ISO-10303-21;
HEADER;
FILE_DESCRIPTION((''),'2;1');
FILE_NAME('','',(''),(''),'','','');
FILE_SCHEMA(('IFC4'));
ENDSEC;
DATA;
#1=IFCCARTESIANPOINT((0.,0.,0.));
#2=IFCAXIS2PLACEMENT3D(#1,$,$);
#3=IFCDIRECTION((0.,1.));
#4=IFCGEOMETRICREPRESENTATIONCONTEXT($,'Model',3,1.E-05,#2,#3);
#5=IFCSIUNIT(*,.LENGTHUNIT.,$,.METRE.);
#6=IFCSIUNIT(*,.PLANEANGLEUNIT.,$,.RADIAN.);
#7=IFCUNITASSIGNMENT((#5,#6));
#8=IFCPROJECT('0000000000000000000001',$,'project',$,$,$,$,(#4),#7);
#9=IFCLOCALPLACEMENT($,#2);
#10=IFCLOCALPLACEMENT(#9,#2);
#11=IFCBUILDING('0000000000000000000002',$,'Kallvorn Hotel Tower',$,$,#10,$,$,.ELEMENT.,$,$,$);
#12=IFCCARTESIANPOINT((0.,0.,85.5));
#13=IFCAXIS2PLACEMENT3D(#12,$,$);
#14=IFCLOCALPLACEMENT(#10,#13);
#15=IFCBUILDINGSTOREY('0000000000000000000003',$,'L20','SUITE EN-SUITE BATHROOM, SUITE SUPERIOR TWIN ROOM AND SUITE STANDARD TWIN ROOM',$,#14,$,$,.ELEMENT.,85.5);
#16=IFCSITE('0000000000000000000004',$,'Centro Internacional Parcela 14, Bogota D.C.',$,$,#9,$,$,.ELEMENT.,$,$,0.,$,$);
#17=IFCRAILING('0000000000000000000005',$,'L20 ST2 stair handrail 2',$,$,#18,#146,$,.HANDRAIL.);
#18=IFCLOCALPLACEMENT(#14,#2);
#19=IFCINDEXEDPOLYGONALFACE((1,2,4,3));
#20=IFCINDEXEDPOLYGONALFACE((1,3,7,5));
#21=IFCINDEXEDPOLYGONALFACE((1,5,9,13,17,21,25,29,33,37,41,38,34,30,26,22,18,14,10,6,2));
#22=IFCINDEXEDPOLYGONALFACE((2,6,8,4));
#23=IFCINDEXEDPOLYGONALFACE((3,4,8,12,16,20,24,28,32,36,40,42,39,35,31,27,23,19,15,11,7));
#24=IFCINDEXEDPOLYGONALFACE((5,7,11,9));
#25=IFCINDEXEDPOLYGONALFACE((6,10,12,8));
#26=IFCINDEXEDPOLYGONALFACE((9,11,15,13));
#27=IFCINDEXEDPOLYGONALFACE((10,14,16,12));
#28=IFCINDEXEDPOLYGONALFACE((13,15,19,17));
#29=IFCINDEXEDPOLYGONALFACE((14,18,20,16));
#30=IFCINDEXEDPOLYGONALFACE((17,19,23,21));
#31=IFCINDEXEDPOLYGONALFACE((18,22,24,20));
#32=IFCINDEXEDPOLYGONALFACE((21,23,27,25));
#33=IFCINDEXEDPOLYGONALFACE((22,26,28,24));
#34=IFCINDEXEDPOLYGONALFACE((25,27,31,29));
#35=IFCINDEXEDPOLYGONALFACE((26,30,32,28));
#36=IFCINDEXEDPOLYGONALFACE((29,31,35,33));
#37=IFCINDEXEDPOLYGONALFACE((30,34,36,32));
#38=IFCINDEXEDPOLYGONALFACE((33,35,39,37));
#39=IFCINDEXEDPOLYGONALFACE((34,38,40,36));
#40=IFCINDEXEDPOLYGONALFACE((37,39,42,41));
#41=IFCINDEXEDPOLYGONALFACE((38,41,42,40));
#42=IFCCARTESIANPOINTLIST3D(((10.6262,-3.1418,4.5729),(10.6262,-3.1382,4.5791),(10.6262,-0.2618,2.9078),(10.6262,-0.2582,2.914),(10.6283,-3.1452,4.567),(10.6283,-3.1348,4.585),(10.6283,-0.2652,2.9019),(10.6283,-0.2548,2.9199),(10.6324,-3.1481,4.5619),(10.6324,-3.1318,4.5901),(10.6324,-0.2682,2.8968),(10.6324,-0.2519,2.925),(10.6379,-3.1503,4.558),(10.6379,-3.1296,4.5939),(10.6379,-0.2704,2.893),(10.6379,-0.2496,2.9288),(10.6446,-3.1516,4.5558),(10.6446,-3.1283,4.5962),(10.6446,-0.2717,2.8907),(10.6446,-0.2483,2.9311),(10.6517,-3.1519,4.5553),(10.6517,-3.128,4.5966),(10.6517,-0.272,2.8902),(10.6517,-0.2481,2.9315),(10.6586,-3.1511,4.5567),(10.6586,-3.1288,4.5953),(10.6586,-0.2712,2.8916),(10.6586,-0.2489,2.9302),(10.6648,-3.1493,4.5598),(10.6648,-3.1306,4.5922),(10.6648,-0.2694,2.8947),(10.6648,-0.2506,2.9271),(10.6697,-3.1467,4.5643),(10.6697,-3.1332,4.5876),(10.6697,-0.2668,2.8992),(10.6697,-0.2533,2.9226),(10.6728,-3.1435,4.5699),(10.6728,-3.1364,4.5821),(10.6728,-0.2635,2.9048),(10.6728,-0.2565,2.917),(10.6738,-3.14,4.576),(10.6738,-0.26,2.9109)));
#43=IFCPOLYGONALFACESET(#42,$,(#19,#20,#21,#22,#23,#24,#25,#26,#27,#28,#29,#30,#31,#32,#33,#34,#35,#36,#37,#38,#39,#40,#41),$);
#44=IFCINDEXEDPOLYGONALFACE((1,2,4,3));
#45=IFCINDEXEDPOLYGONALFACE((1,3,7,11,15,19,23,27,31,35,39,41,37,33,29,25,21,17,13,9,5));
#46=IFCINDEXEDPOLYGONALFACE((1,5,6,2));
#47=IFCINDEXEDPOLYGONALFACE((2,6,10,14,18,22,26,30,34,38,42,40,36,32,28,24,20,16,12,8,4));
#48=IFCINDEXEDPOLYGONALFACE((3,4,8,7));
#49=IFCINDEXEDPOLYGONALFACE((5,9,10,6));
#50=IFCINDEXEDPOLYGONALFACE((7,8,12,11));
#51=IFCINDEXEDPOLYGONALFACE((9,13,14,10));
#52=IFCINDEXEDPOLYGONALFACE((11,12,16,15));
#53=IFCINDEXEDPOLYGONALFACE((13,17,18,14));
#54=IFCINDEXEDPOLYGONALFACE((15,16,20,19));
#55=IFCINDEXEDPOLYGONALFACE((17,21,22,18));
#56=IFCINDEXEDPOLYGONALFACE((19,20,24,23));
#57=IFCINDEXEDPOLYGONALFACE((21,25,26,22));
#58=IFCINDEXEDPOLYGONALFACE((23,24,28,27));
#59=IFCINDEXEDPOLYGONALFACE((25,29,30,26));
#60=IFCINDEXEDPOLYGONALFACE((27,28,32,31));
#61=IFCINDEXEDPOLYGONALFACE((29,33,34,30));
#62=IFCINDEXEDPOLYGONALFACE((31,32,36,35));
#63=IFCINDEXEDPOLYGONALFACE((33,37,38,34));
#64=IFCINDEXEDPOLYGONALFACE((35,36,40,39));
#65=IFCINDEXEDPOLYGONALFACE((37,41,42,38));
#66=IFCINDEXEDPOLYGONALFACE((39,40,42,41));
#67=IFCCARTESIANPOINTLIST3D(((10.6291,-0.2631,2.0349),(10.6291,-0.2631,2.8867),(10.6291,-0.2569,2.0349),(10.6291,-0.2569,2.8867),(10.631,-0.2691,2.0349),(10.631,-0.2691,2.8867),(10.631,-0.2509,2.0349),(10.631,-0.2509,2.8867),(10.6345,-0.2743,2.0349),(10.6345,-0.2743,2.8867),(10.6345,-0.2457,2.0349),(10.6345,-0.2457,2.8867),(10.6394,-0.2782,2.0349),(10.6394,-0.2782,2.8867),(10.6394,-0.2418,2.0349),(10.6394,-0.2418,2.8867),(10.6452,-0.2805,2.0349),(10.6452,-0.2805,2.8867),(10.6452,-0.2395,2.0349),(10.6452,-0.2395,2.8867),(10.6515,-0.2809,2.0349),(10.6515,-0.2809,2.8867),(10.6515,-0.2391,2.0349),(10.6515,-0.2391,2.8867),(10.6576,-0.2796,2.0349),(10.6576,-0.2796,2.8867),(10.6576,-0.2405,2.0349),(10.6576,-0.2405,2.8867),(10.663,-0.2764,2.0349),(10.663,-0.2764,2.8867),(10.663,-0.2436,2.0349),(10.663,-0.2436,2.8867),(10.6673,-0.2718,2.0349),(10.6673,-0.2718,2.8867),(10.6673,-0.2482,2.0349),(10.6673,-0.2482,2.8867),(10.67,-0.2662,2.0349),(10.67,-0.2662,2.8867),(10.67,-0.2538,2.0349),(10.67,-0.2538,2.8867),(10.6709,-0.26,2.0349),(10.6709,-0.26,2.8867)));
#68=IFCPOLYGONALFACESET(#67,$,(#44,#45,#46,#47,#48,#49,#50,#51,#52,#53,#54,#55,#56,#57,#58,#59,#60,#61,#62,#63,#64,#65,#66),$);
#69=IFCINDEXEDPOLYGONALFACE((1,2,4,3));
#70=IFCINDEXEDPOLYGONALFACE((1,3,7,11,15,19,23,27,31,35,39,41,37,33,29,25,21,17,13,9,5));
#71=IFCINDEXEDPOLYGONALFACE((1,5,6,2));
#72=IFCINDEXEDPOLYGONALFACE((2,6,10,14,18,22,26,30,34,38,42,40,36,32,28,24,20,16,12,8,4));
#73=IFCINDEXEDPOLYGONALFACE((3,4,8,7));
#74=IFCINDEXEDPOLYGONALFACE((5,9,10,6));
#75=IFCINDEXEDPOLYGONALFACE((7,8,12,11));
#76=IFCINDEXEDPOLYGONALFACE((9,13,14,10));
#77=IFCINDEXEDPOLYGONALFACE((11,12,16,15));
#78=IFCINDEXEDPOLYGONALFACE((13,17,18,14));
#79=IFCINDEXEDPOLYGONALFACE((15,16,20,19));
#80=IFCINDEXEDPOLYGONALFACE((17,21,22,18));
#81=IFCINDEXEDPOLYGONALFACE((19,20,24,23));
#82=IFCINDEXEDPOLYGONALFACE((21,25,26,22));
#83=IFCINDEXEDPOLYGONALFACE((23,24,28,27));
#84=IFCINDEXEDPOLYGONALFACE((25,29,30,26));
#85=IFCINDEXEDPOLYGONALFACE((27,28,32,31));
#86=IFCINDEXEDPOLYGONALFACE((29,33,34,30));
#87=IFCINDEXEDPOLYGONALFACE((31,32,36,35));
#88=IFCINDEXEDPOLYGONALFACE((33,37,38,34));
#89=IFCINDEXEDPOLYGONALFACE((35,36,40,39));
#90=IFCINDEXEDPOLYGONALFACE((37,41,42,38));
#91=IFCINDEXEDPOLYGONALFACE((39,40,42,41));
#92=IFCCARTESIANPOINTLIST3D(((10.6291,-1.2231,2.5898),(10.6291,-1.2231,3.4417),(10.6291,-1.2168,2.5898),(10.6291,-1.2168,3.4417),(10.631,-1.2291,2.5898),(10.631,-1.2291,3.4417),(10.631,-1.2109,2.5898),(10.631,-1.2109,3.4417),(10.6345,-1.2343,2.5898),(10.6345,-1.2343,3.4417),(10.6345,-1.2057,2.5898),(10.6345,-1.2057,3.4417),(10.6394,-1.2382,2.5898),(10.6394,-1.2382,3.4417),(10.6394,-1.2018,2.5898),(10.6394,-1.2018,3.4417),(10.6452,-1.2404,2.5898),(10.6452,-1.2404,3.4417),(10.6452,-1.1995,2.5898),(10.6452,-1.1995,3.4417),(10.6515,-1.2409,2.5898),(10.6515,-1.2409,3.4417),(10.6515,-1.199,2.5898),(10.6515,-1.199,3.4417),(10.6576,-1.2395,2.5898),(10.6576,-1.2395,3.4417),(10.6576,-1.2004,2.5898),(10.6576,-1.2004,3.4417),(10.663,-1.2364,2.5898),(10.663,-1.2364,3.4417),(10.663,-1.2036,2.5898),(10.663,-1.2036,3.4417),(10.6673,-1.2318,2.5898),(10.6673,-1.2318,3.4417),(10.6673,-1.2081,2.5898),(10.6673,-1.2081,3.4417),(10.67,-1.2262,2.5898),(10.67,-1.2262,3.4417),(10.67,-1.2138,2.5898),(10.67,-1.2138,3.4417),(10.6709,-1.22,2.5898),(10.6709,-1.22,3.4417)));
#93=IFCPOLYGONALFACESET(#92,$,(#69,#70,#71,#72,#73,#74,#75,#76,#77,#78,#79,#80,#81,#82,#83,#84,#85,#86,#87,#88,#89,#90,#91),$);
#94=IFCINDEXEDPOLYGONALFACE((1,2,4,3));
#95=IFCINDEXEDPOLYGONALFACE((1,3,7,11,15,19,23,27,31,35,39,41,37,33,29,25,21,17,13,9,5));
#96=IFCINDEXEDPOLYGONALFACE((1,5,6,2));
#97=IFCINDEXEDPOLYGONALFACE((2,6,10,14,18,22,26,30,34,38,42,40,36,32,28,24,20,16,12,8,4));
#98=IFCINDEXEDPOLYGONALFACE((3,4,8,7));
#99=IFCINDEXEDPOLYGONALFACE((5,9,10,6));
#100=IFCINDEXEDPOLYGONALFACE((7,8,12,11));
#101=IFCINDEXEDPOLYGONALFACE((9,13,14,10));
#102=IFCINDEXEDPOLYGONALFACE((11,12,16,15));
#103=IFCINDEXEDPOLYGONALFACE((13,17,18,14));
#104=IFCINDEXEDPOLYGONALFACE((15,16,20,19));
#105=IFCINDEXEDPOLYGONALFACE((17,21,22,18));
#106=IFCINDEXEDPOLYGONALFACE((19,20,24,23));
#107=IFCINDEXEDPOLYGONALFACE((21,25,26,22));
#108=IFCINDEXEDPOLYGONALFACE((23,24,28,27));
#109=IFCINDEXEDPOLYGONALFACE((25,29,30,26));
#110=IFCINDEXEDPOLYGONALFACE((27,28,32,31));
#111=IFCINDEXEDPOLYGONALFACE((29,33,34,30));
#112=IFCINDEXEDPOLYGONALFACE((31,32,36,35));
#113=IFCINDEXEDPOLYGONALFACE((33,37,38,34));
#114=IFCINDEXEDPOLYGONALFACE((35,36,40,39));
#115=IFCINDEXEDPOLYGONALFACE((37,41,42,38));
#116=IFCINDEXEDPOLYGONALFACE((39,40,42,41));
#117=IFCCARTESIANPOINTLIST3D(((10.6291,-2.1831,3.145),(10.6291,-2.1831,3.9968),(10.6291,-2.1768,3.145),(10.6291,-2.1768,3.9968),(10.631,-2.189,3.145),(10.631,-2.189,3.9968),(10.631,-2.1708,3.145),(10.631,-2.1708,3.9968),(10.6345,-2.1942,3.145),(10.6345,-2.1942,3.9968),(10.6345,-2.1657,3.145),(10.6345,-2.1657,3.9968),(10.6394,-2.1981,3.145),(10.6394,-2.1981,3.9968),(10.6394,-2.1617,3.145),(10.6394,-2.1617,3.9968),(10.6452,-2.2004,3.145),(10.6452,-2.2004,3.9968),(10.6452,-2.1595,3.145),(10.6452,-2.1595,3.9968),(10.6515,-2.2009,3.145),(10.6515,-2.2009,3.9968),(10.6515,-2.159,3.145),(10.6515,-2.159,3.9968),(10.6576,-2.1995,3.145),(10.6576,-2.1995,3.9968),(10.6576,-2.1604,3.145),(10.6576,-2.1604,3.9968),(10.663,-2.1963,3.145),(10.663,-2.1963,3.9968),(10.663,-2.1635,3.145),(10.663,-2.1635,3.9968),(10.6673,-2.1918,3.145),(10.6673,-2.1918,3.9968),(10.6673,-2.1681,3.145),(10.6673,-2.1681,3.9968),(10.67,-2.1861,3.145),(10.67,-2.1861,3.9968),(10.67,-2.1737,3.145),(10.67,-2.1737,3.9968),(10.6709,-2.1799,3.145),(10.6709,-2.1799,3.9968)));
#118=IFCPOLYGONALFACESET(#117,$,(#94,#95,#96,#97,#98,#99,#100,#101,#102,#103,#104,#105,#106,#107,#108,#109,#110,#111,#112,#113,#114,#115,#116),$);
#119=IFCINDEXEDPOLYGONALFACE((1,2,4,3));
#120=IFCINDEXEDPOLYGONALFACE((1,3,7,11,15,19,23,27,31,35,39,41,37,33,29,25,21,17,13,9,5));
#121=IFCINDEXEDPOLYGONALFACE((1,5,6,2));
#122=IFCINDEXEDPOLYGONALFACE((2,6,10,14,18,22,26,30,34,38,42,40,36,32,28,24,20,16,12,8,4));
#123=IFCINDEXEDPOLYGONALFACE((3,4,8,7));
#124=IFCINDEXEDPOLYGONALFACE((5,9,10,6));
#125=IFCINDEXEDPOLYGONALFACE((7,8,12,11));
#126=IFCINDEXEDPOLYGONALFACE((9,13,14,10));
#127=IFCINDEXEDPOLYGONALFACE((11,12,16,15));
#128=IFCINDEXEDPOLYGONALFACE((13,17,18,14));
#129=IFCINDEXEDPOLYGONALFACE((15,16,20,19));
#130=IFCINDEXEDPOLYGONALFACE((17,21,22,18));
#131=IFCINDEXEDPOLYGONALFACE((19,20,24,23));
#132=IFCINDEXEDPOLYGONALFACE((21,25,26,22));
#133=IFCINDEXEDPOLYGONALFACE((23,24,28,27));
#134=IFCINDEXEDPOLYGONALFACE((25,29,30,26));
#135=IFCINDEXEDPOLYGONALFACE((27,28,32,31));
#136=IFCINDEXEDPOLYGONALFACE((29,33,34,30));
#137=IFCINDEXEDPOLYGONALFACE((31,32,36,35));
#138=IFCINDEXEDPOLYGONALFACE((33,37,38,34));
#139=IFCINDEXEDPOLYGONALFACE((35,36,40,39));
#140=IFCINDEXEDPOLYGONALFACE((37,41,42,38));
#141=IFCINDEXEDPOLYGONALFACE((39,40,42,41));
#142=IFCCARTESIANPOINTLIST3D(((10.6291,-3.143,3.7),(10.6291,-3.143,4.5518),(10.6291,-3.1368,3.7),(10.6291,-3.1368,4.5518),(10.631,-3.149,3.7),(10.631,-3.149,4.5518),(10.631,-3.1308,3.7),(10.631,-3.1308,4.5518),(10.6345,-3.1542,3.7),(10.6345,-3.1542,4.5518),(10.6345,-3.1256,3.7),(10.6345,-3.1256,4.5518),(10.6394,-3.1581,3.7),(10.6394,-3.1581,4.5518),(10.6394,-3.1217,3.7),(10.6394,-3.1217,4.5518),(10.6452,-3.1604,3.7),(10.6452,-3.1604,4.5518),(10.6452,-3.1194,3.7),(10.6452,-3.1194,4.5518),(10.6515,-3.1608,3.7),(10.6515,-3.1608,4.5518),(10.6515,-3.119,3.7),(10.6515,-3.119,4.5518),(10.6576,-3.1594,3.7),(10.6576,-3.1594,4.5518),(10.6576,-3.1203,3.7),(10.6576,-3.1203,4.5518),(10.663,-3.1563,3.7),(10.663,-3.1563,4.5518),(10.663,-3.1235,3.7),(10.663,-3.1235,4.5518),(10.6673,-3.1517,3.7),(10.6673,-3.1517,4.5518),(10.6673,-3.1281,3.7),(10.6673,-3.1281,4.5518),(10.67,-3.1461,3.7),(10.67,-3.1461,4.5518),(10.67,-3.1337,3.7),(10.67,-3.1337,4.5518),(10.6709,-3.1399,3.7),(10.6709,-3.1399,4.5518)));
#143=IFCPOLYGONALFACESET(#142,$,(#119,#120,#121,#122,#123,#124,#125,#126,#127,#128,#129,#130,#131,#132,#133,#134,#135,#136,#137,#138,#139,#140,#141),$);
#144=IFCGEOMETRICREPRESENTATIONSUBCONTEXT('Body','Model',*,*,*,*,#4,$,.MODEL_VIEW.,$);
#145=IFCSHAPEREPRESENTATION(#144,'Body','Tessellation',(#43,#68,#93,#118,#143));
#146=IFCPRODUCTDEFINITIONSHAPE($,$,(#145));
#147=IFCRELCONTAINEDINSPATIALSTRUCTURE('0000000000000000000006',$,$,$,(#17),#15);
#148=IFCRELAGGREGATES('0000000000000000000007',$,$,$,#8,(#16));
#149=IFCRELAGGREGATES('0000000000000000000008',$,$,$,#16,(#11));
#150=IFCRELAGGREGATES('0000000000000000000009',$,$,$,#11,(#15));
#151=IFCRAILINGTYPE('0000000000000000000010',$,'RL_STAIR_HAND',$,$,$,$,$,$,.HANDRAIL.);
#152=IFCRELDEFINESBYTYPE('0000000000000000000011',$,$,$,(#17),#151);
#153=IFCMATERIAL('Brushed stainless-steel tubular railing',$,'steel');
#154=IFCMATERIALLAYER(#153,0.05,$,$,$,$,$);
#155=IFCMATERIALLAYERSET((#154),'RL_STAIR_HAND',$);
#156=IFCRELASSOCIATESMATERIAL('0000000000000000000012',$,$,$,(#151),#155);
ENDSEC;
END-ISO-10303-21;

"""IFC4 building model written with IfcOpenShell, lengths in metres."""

from ifc_helpers import new_model, si_unit, direction, frame, origin, origin_2d, place, context, subcontext, project, spatial, circle, extrude, material, layer, layer_set, type_object, element, save


model = new_model("IFC4")

# Units and contexts
model_context = context("Model", 3, precision=1e-05, world=origin(), true_north=direction((0.0, 1.0)))
body_context = subcontext(model_context, "Body", "Model", "MODEL_VIEW")
ifc_project = project(units=[si_unit("LENGTHUNIT", "METRE"), si_unit("PLANEANGLEUNIT", "RADIAN")], contexts=[model_context])

# Site, building, storey
site_placement = place(None, origin())
site = spatial("IfcSite", under=ifc_project, at=site_placement, Name="Centro Internacional Parcela 14, Bogota D.C.", CompositionType="ELEMENT", RefElevation=0.0)
building_placement = place(site_placement, origin())
building = spatial("IfcBuilding", under=site, at=building_placement, Name="Kallvorn Hotel Tower", CompositionType="ELEMENT")
storey_placement = place(building_placement, frame((0.0, 0.0, 85.5)))
storey = spatial("IfcBuildingStorey", under=building, at=storey_placement, Name="L20", Description="SUITE EN-SUITE BATHROOM, SUITE SUPERIOR TWIN ROOM AND SUITE STANDARD TWIN ROOM", CompositionType="ELEMENT", Elevation=85.5)

# Railing
ifc_material_1 = material(Name="Brushed stainless-steel tubular railing", Category="steel")
ifc_layer_1 = layer(ifc_material_1, 0.05)
ifc_layer_set_1 = layer_set([ifc_layer_1], Name="RL_STAIR_HAND")
railing_type_1 = type_object("IfcRailingType", Name="RL_STAIR_HAND", PredefinedType="HANDRAIL", material=ifc_layer_set_1)
railing_1_placement = place(storey_placement, frame((10.6499, -0.26, 2.0349)))
element("IfcRailing", 1, at=railing_1_placement, inside=storey, type_object=railing_type_1, Name="L20 ST2 stair handrail 2", PredefinedType="HANDRAIL", context=body_context, shape_type="SweptSolid", body=[
    extrude(circle(Radius=0.0239, at=origin_2d()), frame((0.0, 0.0, 0.876), z_axis=(0.0, -0.865721, 0.500527), x_axis=(1.0, 0.0, 0.0)), (0.0, 0.0, 1.0), 3.3267),
    extrude(circle(Radius=0.021, at=origin_2d()), origin(), (0.0, 0.0, 1.0), 0.8518),
    extrude(circle(Radius=0.021, at=origin_2d()), frame((0.0, -0.96, 0.5549)), (0.0, 0.0, 1.0), 0.8518),
    extrude(circle(Radius=0.021, at=origin_2d()), frame((0.0, -1.9199, 1.1101)), (0.0, 0.0, 1.0), 0.8518),
    extrude(circle(Radius=0.021, at=origin_2d()), frame((0.0, -2.8799, 1.665)), (0.0, 0.0, 1.0), 0.8518),
])

save(model, "model.ifc")
